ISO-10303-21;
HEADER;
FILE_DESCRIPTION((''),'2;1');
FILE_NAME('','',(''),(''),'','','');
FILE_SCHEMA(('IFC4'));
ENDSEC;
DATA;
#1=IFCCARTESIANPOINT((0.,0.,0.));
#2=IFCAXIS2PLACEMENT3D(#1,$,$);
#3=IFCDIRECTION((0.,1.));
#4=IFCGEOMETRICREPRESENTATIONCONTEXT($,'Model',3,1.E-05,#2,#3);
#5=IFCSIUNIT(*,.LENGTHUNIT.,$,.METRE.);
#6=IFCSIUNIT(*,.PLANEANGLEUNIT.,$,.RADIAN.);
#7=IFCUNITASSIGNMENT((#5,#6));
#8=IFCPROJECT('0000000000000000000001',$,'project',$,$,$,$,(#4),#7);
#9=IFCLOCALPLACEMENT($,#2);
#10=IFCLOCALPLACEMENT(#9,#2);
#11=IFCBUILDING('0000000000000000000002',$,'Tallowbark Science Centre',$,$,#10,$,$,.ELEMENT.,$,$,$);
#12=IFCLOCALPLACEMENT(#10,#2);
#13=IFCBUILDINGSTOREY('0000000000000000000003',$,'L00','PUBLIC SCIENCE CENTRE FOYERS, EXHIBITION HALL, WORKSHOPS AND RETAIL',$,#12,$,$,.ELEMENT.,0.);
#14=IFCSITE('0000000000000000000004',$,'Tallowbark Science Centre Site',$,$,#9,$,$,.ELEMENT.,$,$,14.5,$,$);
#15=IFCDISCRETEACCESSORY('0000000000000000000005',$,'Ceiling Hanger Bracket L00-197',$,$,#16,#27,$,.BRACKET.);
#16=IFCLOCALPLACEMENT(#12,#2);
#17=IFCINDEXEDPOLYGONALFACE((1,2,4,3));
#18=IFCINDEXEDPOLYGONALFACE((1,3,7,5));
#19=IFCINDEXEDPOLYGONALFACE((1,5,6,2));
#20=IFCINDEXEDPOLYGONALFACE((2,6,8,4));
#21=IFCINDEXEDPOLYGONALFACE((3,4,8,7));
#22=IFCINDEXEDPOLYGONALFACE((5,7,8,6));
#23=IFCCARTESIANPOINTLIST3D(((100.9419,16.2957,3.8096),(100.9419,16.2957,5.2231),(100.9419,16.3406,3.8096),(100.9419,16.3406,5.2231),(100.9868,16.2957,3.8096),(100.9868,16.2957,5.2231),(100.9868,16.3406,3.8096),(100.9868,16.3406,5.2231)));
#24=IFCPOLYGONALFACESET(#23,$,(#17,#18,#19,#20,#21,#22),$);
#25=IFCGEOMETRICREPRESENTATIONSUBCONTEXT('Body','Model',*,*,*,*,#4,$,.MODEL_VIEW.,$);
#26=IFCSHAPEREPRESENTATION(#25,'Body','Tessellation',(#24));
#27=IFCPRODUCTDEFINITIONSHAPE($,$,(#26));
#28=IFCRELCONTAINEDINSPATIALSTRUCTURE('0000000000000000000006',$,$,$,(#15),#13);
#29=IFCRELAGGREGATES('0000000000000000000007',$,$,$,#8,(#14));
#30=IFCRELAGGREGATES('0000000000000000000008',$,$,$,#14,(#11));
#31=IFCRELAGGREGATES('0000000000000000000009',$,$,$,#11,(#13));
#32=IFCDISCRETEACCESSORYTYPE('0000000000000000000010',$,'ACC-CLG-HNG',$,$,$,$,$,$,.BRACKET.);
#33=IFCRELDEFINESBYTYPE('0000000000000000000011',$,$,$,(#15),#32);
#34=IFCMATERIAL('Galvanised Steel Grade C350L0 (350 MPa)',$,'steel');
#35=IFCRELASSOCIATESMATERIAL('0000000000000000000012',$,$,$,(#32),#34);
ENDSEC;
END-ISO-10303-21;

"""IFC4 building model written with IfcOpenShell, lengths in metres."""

from ifc_helpers import new_model, si_unit, direction, frame, origin, origin_2d, place, context, subcontext, project, spatial, rectangle, extrude, material, type_object, element, save


model = new_model("IFC4")

# Units and contexts
model_context = context("Model", 3, precision=1e-05, world=origin(), true_north=direction((0.0, 1.0)))
body_context = subcontext(model_context, "Body", "Model", "MODEL_VIEW")
ifc_project = project(units=[si_unit("LENGTHUNIT", "METRE"), si_unit("PLANEANGLEUNIT", "RADIAN")], contexts=[model_context])

# Site, building, storey
site_placement = place(None, origin())
site = spatial("IfcSite", under=ifc_project, at=site_placement, Name="Tallowbark Science Centre Site", CompositionType="ELEMENT", RefElevation=14.5)
building_placement = place(site_placement, origin())
building = spatial("IfcBuilding", under=site, at=building_placement, Name="Tallowbark Science Centre", CompositionType="ELEMENT")
storey_placement = place(building_placement, origin())
storey = spatial("IfcBuildingStorey", under=building, at=storey_placement, Name="L00", Description="PUBLIC SCIENCE CENTRE FOYERS, EXHIBITION HALL, WORKSHOPS AND RETAIL", CompositionType="ELEMENT", Elevation=0.0)

# Discrete accessory
ifc_material_1 = material(Name="Galvanised Steel Grade C350L0 (350 MPa)", Category="steel")
discrete_accessory_type = type_object("IfcDiscreteAccessoryType", Name="ACC-CLG-HNG", PredefinedType="BRACKET", material=ifc_material_1)
for number, where, z_axis, x_axis, name in (
    (1, (100.9644, 16.3181, 3.8096), (0.0, 0.0, 1.0), (1.0, 0.0, 0.0), "Ceiling Hanger Bracket L00-197"),
):
    element("IfcDiscreteAccessory", number, at=place(storey_placement, frame(where, z_axis=z_axis, x_axis=x_axis)), inside=storey, type_object=discrete_accessory_type, Name=name, PredefinedType="BRACKET", context=body_context, shape_type="SweptSolid", body=[
        extrude(rectangle(XDim=0.0449, YDim=0.0449, at=origin_2d()), origin(), (0.0, 0.0, 1.0), 1.4136),
    ])

save(model, "model.ifc")
